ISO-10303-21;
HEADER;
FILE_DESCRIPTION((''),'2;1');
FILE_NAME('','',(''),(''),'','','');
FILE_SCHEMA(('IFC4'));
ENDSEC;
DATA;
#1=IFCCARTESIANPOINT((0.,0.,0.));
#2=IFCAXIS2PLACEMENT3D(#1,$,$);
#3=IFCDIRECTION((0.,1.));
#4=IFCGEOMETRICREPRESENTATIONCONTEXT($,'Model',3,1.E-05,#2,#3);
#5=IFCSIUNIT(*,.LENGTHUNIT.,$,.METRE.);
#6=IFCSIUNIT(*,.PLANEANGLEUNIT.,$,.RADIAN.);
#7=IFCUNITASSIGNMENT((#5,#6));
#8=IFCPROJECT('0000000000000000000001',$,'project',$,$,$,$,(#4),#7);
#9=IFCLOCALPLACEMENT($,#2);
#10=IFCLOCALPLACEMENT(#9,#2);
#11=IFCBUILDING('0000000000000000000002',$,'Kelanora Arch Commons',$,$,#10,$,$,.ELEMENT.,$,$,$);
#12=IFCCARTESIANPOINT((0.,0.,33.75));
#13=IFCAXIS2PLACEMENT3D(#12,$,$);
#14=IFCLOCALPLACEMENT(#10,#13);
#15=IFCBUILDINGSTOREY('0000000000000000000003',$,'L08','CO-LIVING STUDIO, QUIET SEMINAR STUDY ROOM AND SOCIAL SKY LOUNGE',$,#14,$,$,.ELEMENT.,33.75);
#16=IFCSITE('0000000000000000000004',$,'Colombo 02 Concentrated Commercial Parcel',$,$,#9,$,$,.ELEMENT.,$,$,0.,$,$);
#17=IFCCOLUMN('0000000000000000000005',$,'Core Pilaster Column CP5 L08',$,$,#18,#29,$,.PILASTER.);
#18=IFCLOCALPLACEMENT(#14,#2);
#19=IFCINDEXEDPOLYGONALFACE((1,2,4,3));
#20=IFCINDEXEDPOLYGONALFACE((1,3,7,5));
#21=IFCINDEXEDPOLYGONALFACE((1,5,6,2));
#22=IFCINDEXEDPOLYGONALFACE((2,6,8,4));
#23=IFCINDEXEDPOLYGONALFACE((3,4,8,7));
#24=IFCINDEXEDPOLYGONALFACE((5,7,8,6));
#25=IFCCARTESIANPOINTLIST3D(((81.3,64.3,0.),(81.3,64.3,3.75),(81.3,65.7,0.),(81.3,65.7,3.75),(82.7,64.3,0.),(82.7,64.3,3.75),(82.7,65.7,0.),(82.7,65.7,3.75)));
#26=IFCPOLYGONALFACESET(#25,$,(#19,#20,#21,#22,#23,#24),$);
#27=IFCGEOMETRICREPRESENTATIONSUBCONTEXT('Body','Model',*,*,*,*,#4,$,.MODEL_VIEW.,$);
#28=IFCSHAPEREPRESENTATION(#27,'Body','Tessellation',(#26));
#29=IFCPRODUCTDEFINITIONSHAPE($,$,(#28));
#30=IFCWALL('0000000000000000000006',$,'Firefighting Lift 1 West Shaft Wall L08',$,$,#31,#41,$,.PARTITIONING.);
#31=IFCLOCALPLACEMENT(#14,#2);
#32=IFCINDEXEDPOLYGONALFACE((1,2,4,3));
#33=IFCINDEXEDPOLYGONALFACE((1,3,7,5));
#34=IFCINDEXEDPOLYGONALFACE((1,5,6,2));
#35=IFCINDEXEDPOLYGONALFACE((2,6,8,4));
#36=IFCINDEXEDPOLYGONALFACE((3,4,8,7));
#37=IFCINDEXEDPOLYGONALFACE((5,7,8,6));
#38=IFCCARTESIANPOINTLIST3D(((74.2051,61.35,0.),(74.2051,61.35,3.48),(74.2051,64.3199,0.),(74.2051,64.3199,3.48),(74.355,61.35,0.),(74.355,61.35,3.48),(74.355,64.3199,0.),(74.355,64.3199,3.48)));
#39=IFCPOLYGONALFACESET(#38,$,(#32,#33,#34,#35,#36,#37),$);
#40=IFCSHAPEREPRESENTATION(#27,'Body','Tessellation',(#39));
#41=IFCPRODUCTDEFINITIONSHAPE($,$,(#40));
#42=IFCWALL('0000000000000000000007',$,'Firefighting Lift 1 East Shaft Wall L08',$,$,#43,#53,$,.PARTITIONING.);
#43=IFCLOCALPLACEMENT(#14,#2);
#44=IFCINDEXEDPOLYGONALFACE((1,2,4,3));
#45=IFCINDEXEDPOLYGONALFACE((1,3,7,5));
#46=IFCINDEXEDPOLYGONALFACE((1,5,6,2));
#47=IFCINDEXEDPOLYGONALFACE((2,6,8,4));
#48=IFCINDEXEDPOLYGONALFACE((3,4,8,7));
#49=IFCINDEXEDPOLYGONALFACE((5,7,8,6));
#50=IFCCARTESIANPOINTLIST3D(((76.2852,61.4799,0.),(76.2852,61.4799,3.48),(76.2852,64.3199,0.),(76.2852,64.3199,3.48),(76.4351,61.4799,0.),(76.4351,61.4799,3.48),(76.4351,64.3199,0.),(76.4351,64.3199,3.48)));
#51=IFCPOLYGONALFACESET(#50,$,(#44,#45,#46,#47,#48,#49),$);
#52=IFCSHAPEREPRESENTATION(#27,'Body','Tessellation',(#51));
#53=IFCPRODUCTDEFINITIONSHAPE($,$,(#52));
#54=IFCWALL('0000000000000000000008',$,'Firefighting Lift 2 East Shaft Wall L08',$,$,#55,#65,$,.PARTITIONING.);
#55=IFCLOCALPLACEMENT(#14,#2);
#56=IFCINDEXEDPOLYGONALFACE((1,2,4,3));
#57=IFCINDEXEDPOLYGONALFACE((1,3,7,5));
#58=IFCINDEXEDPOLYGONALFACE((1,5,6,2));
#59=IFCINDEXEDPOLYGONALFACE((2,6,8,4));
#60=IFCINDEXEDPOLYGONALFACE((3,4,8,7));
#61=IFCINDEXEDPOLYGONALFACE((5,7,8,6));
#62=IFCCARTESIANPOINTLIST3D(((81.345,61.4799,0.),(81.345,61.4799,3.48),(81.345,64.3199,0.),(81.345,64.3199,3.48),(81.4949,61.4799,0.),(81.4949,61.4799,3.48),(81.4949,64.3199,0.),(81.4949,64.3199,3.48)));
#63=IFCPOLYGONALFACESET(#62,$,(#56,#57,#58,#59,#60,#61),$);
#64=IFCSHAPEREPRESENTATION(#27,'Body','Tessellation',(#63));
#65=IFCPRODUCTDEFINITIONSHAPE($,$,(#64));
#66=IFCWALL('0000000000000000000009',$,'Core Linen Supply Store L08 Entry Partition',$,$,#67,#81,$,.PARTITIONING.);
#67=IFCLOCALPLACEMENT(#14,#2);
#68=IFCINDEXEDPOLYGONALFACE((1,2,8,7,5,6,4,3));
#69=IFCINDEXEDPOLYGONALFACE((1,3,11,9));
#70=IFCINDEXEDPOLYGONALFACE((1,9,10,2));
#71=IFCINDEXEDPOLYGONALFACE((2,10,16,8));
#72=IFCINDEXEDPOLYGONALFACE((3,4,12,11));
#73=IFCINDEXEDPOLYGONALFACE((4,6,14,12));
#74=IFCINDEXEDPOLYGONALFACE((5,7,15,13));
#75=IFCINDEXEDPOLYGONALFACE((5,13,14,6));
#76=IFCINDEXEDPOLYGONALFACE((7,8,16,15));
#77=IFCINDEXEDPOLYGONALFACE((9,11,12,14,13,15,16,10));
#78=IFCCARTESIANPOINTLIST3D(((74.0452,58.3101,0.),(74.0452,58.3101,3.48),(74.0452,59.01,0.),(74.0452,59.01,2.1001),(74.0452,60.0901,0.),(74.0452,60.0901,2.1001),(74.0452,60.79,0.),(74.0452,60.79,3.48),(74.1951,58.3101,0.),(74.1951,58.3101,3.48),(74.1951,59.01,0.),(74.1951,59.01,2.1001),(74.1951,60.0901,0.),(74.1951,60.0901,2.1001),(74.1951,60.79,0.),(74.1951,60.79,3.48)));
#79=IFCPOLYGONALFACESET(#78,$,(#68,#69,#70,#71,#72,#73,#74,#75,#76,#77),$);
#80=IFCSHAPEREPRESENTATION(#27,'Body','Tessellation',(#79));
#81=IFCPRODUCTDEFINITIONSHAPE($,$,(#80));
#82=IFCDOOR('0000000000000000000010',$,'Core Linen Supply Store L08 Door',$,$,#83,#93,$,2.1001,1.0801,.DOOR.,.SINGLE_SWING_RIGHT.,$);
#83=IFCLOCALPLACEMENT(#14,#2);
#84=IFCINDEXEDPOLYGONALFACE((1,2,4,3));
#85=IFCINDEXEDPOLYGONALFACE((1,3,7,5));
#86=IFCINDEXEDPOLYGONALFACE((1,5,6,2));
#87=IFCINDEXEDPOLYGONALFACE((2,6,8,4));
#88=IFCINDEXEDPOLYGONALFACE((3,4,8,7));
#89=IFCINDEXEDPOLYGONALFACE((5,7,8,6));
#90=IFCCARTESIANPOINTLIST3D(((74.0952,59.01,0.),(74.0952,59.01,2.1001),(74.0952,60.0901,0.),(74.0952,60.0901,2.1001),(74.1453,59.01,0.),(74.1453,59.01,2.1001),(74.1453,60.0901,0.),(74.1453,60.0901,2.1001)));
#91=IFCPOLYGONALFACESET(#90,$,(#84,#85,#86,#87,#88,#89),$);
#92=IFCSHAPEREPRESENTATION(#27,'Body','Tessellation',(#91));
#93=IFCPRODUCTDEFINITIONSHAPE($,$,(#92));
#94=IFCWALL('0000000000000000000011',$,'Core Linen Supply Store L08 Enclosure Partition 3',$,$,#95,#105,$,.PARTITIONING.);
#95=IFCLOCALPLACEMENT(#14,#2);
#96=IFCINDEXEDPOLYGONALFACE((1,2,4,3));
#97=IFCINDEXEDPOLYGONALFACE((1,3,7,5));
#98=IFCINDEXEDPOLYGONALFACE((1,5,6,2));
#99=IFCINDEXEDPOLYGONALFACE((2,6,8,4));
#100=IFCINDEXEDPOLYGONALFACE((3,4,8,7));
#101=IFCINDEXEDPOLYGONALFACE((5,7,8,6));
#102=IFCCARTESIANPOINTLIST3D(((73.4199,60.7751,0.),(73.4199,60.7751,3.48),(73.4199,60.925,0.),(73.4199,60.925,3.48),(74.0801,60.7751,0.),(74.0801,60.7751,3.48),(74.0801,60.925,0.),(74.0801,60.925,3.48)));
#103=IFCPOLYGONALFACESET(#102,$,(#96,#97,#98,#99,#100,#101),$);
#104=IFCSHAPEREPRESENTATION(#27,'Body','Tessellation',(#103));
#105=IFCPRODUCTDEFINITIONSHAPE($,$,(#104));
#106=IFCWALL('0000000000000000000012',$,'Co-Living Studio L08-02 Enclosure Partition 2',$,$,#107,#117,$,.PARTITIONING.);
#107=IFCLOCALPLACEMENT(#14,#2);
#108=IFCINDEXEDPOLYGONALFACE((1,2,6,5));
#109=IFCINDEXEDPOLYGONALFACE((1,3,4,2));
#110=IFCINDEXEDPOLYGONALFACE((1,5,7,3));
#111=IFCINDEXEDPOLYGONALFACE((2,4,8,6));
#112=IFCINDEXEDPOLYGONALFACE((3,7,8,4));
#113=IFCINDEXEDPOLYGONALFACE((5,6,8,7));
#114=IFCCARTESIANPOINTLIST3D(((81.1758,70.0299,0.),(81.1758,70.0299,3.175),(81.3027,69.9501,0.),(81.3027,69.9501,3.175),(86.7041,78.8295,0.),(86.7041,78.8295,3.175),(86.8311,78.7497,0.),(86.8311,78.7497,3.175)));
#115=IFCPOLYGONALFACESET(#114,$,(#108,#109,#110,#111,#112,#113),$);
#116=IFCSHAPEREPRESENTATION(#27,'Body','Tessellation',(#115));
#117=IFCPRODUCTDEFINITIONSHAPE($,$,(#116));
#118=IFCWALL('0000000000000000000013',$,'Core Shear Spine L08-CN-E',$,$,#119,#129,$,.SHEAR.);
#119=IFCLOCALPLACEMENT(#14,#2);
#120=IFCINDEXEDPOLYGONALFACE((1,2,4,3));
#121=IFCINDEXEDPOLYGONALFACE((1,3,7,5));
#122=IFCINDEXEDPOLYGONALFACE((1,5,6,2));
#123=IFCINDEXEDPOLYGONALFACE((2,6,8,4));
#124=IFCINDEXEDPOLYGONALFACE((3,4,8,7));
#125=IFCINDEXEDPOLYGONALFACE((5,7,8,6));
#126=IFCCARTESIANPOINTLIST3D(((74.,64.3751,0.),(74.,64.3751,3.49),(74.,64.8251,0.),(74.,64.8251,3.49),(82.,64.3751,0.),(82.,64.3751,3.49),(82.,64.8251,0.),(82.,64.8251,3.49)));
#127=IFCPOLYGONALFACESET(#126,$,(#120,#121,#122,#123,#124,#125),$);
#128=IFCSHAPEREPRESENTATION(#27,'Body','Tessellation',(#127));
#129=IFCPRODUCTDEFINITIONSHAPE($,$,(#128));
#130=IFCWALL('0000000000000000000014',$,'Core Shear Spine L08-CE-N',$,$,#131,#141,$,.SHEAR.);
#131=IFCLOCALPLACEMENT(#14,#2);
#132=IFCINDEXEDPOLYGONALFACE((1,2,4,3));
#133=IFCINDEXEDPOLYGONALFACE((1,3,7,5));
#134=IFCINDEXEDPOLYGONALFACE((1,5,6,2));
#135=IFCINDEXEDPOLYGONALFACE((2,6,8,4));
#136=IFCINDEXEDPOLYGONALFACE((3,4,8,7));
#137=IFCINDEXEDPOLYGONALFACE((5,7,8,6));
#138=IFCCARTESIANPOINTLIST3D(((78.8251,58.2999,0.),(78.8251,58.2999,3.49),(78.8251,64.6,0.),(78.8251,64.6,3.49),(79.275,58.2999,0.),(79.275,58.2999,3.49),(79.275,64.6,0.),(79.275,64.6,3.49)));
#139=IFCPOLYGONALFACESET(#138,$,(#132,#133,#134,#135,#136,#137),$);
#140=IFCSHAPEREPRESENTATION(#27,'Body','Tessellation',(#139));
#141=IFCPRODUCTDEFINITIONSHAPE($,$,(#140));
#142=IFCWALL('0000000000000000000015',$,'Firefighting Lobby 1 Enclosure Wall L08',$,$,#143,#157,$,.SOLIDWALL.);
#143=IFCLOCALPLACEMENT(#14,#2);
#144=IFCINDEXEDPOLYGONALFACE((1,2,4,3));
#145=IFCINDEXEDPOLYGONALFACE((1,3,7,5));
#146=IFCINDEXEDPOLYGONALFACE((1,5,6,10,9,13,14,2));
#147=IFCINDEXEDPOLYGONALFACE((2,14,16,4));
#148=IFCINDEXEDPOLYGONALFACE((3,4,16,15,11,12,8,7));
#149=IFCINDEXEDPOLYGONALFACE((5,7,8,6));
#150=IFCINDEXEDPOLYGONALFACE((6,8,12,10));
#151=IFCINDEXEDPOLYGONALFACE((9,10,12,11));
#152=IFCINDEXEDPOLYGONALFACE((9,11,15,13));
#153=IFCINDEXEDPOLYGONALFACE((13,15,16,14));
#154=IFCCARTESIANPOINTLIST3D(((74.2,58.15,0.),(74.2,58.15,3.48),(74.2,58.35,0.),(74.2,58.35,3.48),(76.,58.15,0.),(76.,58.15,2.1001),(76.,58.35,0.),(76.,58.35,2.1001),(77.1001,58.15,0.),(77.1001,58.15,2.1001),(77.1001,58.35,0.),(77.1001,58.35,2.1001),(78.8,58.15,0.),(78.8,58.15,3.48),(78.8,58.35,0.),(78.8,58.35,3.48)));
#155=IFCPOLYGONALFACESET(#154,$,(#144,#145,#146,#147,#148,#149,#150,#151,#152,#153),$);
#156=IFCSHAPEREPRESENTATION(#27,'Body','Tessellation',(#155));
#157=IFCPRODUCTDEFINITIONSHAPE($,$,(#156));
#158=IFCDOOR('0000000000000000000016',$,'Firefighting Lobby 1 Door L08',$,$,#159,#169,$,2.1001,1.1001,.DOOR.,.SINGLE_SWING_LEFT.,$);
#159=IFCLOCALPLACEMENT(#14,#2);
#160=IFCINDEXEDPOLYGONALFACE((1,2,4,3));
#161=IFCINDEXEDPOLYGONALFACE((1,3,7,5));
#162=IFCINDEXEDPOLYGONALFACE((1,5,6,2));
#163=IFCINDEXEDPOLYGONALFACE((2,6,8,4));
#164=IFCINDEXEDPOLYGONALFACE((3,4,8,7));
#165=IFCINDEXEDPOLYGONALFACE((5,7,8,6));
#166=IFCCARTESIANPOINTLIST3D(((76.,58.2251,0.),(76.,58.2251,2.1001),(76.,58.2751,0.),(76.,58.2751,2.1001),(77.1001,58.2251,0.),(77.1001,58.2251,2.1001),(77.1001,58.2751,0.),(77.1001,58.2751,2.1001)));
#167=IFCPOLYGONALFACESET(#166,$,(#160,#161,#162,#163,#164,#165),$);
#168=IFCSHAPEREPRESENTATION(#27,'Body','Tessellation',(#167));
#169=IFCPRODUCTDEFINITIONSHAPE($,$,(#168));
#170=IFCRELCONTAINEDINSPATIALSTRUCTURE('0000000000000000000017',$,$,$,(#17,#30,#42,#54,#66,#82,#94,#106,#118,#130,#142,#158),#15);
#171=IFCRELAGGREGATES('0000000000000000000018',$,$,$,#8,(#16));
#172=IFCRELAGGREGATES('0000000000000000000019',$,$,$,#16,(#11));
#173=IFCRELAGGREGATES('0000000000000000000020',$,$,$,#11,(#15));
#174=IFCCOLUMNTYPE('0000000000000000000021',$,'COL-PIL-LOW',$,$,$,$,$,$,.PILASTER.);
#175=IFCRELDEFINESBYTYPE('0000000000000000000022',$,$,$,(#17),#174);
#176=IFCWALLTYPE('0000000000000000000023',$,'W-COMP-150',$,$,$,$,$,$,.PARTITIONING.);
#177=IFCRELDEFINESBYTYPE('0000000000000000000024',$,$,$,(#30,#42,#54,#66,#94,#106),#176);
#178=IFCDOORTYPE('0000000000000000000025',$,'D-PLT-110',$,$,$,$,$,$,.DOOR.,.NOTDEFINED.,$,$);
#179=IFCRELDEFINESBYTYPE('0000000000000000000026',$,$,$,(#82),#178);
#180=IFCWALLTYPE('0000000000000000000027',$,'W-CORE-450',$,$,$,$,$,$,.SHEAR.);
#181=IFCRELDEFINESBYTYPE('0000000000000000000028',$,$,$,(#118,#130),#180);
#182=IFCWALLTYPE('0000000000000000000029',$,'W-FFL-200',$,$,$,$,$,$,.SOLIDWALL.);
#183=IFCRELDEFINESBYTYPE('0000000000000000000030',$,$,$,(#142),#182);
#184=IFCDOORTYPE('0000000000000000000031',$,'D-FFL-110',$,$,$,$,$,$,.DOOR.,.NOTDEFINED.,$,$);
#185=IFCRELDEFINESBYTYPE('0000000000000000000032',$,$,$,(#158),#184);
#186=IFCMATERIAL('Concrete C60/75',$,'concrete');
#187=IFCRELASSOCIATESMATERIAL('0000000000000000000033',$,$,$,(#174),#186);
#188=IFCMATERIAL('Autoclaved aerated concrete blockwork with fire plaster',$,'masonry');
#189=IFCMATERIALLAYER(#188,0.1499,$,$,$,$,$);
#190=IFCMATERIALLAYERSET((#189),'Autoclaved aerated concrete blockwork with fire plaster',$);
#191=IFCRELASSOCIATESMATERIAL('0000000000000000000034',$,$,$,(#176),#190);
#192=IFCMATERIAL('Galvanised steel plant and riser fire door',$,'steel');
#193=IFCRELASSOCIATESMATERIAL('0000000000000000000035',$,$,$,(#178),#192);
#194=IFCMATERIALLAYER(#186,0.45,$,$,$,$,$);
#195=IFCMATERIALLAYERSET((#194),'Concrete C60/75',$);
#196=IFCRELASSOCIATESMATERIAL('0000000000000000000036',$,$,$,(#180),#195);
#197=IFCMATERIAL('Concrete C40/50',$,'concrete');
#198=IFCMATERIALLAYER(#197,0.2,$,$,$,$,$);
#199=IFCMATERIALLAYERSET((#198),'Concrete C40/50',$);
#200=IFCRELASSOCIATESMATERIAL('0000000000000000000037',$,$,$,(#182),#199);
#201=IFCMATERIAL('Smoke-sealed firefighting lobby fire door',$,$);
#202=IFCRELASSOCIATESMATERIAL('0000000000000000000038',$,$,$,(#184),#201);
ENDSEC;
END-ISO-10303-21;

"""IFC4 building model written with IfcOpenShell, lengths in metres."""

from ifc_helpers import new_model, si_unit, direction, frame, frame_2d, origin, origin_2d, place, context, subcontext, project, spatial, rectangle, extrude, material, layer, layer_set, material_profile, profile_set, type_object, element, fill, save


model = new_model("IFC4")

# Units and contexts
model_context = context("Model", 3, precision=1e-05, world=origin(), true_north=direction((0.0, 1.0)))
body_context = subcontext(model_context, "Body", "Model", "MODEL_VIEW")
ifc_project = project(units=[si_unit("LENGTHUNIT", "METRE"), si_unit("PLANEANGLEUNIT", "RADIAN")], contexts=[model_context])

# Site, building, storey
site_placement = place(None, origin())
site = spatial("IfcSite", under=ifc_project, at=site_placement, Name="Colombo 02 Concentrated Commercial Parcel", CompositionType="ELEMENT", RefElevation=0.0)
building_placement = place(site_placement, origin())
building = spatial("IfcBuilding", under=site, at=building_placement, Name="Kelanora Arch Commons", CompositionType="ELEMENT")
storey_placement = place(building_placement, frame((0.0, 0.0, 33.75)))
storey = spatial("IfcBuildingStorey", under=building, at=storey_placement, Name="L08", Description="CO-LIVING STUDIO, QUIET SEMINAR STUDY ROOM AND SOCIAL SKY LOUNGE", CompositionType="ELEMENT", Elevation=33.75)

# Column
ifc_material_1 = material(Name="Concrete C60/75", Category="concrete")
ifc_material_profile = material_profile(ifc_material_1, rectangle(XDim=1.3999, YDim=1.3999, at=origin_2d()), Name="RC1400x1400")
ifc_profile_set = profile_set([ifc_material_profile], Name="Concrete C60/75")
column_type = type_object("IfcColumnType", Name="COL-PIL-LOW", PredefinedType="PILASTER", material=ifc_profile_set)
column_placement = place(storey_placement, frame((82.0, 65.0, 0.0), z_axis=(0.0, 0.0, 1.0), x_axis=(1.0, 0.0, 0.0)))
element("IfcColumn", 1, at=column_placement, inside=storey, type_object=column_type, Name="Core Pilaster Column CP5 L08", PredefinedType="PILASTER", context=body_context, shape_type="SweptSolid", body=[
    extrude(rectangle(XDim=1.3999, YDim=1.3999, at=origin_2d()), origin(), (0.0, 0.0, 1.0), 3.75),
])

# Walls
ifc_material_2 = material(Name="Autoclaved aerated concrete blockwork with fire plaster", Category="masonry")
ifc_layer_1 = layer(ifc_material_2, 0.1499)
ifc_layer_set_1 = layer_set([ifc_layer_1], Name="Autoclaved aerated concrete blockwork with fire plaster")
wall_type_1 = type_object("IfcWallType", Name="W-COMP-150", PredefinedType="PARTITIONING", material=ifc_layer_set_1)
wall_1_placement = place(storey_placement, frame((74.28, 61.3501, 0.0), z_axis=(0.0, 0.0, 1.0), x_axis=(0.0, 1.0, 0.0)))
element("IfcWall", 2, at=wall_1_placement, inside=storey, type_object=wall_type_1, Name="Firefighting Lift 1 West Shaft Wall L08", PredefinedType="PARTITIONING", context=body_context, shape_type="SweptSolid", body=[
    extrude(rectangle(XDim=2.97, YDim=0.1499, at=frame_2d((1.4849, 0.0))), origin(), (0.0, 0.0, 1.0), 3.48),
])
for number, where, z_axis, x_axis, name in (
    (3, (76.3601, 61.48, 0.0), (0.0, 0.0, 1.0), (0.0, 1.0, 0.0), "Firefighting Lift 1 East Shaft Wall L08"),
    (4, (81.4199, 61.48, 0.0), (0.0, 0.0, 1.0), (0.0, 1.0, 0.0), "Firefighting Lift 2 East Shaft Wall L08"),
):
    element("IfcWall", number, at=place(storey_placement, frame(where, z_axis=z_axis, x_axis=x_axis)), inside=storey, type_object=wall_type_1, Name=name, PredefinedType="PARTITIONING", context=body_context, shape_type="SweptSolid", body=[
        extrude(rectangle(XDim=2.8401, YDim=0.1499, at=frame_2d((1.4199, 0.0))), origin(), (0.0, 0.0, 1.0), 3.48),
    ])

# Wall, opening, door
wall_2_placement = place(storey_placement, frame((74.1201, 58.3101, 0.0), z_axis=(0.0, 0.0, 1.0), x_axis=(0.0, 1.0, 0.0)))
wall_2 = element("IfcWall", 5, at=wall_2_placement, inside=storey, type_object=wall_type_1, Name="Core Linen Supply Store L08 Entry Partition", PredefinedType="PARTITIONING", context=body_context, shape_type="SweptSolid", body=[
    extrude(rectangle(XDim=2.48, YDim=0.1499, at=frame_2d((1.24, 0.0))), origin(), (0.0, 0.0, 1.0), 3.48),
])
opening_1_placement = place(wall_2_placement, frame((0.7, 0.0, 0.0)))
opening_1 = element("IfcOpeningElement", 6, at=opening_1_placement, cuts=wall_2, PredefinedType="OPENING", context=body_context, shape_type="SweptSolid", body=[
    extrude(rectangle(XDim=1.0801, YDim=2.1001, at=frame_2d((0.54, 1.05))), frame((0.0, 0.085, 0.0), z_axis=(0.0, -1.0, 0.0), x_axis=(1.0, 0.0, 0.0)), (0.0, 0.0, 1.0), 0.1699),
])
ifc_material_3 = material(Name="Galvanised steel plant and riser fire door", Category="steel")
door_type_1 = type_object("IfcDoorType", Name="D-PLT-110", OperationType="NOTDEFINED", PredefinedType="DOOR", material=ifc_material_3)
door_1_placement = place(opening_1_placement, origin())
door_1 = element("IfcDoor", 7, at=door_1_placement, inside=storey, type_object=door_type_1, Name="Core Linen Supply Store L08 Door", OperationType="SINGLE_SWING_RIGHT", OverallHeight=2.1001, OverallWidth=1.0801, PredefinedType="DOOR", context=body_context, shape_type="SweptSolid", body=[
    extrude(rectangle(XDim=1.0801, YDim=2.1001, at=frame_2d((0.54, 1.05))), frame((0.0, 0.0249, 0.0), z_axis=(0.0, -1.0, 0.0), x_axis=(1.0, 0.0, 0.0)), (0.0, 0.0, 1.0), 0.05),
])
fill(opening_1, door_1)

# Walls
wall_3_placement = place(storey_placement, frame((74.0801, 60.8501, 0.0), z_axis=(0.0, 0.0, 1.0), x_axis=(-1.0, 0.0, 0.0)))
element("IfcWall", 8, at=wall_3_placement, inside=storey, type_object=wall_type_1, Name="Core Linen Supply Store L08 Enclosure Partition 3", PredefinedType="PARTITIONING", context=body_context, shape_type="SweptSolid", body=[
    extrude(rectangle(XDim=0.6602, YDim=0.1499, at=frame_2d((0.3301, 0.0))), origin(), (0.0, 0.0, 1.0), 3.48),
])
wall_4_placement = place(storey_placement, frame((81.2393, 69.99, 0.0), z_axis=(0.0, 0.0, 1.0), x_axis=(0.531976, 0.846759, 0.0)))
element("IfcWall", 9, at=wall_4_placement, inside=storey, type_object=wall_type_1, Name="Co-Living Studio L08-02 Enclosure Partition 2", PredefinedType="PARTITIONING", context=body_context, shape_type="SweptSolid", body=[
    extrude(rectangle(XDim=10.3921, YDim=0.1499, at=frame_2d((5.196, 0.0))), origin(), (0.0, 0.0, 1.0), 3.175),
])
ifc_layer_2 = layer(ifc_material_1, 0.45)
ifc_layer_set_2 = layer_set([ifc_layer_2], Name="Concrete C60/75")
wall_type_2 = type_object("IfcWallType", Name="W-CORE-450", PredefinedType="SHEAR", material=ifc_layer_set_2)
wall_5_placement = place(storey_placement, frame((74.0, 64.6001, 0.0), z_axis=(0.0, 0.0, 1.0), x_axis=(1.0, 0.0, 0.0)))
element("IfcWall", 10, at=wall_5_placement, inside=storey, type_object=wall_type_2, Name="Core Shear Spine L08-CN-E", PredefinedType="SHEAR", context=body_context, shape_type="SweptSolid", body=[
    extrude(rectangle(XDim=8.0, YDim=0.45, at=frame_2d((4.0, 0.0))), origin(), (0.0, 0.0, 1.0), 3.49),
])
wall_6_placement = place(storey_placement, frame((79.05, 58.3, 0.0), z_axis=(0.0, 0.0, 1.0), x_axis=(0.0, 1.0, 0.0)))
element("IfcWall", 11, at=wall_6_placement, inside=storey, type_object=wall_type_2, Name="Core Shear Spine L08-CE-N", PredefinedType="SHEAR", context=body_context, shape_type="SweptSolid", body=[
    extrude(rectangle(XDim=6.3, YDim=0.45, at=frame_2d((3.1499, 0.0))), origin(), (0.0, 0.0, 1.0), 3.49),
])

# Wall, opening, door
ifc_material_4 = material(Name="Concrete C40/50", Category="concrete")
ifc_layer_3 = layer(ifc_material_4, 0.2)
ifc_layer_set_3 = layer_set([ifc_layer_3], Name="Concrete C40/50")
wall_type_3 = type_object("IfcWallType", Name="W-FFL-200", PredefinedType="SOLIDWALL", material=ifc_layer_set_3)
wall_7_placement = place(storey_placement, frame((74.2, 58.25, 0.0), z_axis=(0.0, 0.0, 1.0), x_axis=(1.0, 0.0, 0.0)))
wall_7 = element("IfcWall", 12, at=wall_7_placement, inside=storey, type_object=wall_type_3, Name="Firefighting Lobby 1 Enclosure Wall L08", PredefinedType="SOLIDWALL", context=body_context, shape_type="SweptSolid", body=[
    extrude(rectangle(XDim=4.6001, YDim=0.2, at=frame_2d((2.3, 0.0))), origin(), (0.0, 0.0, 1.0), 3.48),
])
opening_2_placement = place(wall_7_placement, frame((1.8, 0.0, 0.0)))
opening_2 = element("IfcOpeningElement", 13, at=opening_2_placement, cuts=wall_7, PredefinedType="OPENING", context=body_context, shape_type="SweptSolid", body=[
    extrude(rectangle(XDim=1.1001, YDim=2.1001, at=frame_2d((0.55, 1.05))), frame((0.0, 0.1099, 0.0), z_axis=(0.0, -1.0, 0.0), x_axis=(1.0, 0.0, 0.0)), (0.0, 0.0, 1.0), 0.22),
])
ifc_material_5 = material(Name="Smoke-sealed firefighting lobby fire door")
door_type_2 = type_object("IfcDoorType", Name="D-FFL-110", OperationType="NOTDEFINED", PredefinedType="DOOR", material=ifc_material_5)
door_2_placement = place(opening_2_placement, frame((1.1001, 0.0, 0.0), z_axis=(0.0, 0.0, 1.0), x_axis=(-1.0, 0.0, 0.0)))
door_2 = element("IfcDoor", 14, at=door_2_placement, inside=storey, type_object=door_type_2, Name="Firefighting Lobby 1 Door L08", OperationType="SINGLE_SWING_LEFT", OverallHeight=2.1001, OverallWidth=1.1001, PredefinedType="DOOR", context=body_context, shape_type="SweptSolid", body=[
    extrude(rectangle(XDim=1.1001, YDim=2.1001, at=frame_2d((0.55, 1.05))), frame((0.0, 0.0249, 0.0), z_axis=(0.0, -1.0, 0.0), x_axis=(1.0, 0.0, 0.0)), (0.0, 0.0, 1.0), 0.05),
])
fill(opening_2, door_2)

save(model, "model.ifc")
